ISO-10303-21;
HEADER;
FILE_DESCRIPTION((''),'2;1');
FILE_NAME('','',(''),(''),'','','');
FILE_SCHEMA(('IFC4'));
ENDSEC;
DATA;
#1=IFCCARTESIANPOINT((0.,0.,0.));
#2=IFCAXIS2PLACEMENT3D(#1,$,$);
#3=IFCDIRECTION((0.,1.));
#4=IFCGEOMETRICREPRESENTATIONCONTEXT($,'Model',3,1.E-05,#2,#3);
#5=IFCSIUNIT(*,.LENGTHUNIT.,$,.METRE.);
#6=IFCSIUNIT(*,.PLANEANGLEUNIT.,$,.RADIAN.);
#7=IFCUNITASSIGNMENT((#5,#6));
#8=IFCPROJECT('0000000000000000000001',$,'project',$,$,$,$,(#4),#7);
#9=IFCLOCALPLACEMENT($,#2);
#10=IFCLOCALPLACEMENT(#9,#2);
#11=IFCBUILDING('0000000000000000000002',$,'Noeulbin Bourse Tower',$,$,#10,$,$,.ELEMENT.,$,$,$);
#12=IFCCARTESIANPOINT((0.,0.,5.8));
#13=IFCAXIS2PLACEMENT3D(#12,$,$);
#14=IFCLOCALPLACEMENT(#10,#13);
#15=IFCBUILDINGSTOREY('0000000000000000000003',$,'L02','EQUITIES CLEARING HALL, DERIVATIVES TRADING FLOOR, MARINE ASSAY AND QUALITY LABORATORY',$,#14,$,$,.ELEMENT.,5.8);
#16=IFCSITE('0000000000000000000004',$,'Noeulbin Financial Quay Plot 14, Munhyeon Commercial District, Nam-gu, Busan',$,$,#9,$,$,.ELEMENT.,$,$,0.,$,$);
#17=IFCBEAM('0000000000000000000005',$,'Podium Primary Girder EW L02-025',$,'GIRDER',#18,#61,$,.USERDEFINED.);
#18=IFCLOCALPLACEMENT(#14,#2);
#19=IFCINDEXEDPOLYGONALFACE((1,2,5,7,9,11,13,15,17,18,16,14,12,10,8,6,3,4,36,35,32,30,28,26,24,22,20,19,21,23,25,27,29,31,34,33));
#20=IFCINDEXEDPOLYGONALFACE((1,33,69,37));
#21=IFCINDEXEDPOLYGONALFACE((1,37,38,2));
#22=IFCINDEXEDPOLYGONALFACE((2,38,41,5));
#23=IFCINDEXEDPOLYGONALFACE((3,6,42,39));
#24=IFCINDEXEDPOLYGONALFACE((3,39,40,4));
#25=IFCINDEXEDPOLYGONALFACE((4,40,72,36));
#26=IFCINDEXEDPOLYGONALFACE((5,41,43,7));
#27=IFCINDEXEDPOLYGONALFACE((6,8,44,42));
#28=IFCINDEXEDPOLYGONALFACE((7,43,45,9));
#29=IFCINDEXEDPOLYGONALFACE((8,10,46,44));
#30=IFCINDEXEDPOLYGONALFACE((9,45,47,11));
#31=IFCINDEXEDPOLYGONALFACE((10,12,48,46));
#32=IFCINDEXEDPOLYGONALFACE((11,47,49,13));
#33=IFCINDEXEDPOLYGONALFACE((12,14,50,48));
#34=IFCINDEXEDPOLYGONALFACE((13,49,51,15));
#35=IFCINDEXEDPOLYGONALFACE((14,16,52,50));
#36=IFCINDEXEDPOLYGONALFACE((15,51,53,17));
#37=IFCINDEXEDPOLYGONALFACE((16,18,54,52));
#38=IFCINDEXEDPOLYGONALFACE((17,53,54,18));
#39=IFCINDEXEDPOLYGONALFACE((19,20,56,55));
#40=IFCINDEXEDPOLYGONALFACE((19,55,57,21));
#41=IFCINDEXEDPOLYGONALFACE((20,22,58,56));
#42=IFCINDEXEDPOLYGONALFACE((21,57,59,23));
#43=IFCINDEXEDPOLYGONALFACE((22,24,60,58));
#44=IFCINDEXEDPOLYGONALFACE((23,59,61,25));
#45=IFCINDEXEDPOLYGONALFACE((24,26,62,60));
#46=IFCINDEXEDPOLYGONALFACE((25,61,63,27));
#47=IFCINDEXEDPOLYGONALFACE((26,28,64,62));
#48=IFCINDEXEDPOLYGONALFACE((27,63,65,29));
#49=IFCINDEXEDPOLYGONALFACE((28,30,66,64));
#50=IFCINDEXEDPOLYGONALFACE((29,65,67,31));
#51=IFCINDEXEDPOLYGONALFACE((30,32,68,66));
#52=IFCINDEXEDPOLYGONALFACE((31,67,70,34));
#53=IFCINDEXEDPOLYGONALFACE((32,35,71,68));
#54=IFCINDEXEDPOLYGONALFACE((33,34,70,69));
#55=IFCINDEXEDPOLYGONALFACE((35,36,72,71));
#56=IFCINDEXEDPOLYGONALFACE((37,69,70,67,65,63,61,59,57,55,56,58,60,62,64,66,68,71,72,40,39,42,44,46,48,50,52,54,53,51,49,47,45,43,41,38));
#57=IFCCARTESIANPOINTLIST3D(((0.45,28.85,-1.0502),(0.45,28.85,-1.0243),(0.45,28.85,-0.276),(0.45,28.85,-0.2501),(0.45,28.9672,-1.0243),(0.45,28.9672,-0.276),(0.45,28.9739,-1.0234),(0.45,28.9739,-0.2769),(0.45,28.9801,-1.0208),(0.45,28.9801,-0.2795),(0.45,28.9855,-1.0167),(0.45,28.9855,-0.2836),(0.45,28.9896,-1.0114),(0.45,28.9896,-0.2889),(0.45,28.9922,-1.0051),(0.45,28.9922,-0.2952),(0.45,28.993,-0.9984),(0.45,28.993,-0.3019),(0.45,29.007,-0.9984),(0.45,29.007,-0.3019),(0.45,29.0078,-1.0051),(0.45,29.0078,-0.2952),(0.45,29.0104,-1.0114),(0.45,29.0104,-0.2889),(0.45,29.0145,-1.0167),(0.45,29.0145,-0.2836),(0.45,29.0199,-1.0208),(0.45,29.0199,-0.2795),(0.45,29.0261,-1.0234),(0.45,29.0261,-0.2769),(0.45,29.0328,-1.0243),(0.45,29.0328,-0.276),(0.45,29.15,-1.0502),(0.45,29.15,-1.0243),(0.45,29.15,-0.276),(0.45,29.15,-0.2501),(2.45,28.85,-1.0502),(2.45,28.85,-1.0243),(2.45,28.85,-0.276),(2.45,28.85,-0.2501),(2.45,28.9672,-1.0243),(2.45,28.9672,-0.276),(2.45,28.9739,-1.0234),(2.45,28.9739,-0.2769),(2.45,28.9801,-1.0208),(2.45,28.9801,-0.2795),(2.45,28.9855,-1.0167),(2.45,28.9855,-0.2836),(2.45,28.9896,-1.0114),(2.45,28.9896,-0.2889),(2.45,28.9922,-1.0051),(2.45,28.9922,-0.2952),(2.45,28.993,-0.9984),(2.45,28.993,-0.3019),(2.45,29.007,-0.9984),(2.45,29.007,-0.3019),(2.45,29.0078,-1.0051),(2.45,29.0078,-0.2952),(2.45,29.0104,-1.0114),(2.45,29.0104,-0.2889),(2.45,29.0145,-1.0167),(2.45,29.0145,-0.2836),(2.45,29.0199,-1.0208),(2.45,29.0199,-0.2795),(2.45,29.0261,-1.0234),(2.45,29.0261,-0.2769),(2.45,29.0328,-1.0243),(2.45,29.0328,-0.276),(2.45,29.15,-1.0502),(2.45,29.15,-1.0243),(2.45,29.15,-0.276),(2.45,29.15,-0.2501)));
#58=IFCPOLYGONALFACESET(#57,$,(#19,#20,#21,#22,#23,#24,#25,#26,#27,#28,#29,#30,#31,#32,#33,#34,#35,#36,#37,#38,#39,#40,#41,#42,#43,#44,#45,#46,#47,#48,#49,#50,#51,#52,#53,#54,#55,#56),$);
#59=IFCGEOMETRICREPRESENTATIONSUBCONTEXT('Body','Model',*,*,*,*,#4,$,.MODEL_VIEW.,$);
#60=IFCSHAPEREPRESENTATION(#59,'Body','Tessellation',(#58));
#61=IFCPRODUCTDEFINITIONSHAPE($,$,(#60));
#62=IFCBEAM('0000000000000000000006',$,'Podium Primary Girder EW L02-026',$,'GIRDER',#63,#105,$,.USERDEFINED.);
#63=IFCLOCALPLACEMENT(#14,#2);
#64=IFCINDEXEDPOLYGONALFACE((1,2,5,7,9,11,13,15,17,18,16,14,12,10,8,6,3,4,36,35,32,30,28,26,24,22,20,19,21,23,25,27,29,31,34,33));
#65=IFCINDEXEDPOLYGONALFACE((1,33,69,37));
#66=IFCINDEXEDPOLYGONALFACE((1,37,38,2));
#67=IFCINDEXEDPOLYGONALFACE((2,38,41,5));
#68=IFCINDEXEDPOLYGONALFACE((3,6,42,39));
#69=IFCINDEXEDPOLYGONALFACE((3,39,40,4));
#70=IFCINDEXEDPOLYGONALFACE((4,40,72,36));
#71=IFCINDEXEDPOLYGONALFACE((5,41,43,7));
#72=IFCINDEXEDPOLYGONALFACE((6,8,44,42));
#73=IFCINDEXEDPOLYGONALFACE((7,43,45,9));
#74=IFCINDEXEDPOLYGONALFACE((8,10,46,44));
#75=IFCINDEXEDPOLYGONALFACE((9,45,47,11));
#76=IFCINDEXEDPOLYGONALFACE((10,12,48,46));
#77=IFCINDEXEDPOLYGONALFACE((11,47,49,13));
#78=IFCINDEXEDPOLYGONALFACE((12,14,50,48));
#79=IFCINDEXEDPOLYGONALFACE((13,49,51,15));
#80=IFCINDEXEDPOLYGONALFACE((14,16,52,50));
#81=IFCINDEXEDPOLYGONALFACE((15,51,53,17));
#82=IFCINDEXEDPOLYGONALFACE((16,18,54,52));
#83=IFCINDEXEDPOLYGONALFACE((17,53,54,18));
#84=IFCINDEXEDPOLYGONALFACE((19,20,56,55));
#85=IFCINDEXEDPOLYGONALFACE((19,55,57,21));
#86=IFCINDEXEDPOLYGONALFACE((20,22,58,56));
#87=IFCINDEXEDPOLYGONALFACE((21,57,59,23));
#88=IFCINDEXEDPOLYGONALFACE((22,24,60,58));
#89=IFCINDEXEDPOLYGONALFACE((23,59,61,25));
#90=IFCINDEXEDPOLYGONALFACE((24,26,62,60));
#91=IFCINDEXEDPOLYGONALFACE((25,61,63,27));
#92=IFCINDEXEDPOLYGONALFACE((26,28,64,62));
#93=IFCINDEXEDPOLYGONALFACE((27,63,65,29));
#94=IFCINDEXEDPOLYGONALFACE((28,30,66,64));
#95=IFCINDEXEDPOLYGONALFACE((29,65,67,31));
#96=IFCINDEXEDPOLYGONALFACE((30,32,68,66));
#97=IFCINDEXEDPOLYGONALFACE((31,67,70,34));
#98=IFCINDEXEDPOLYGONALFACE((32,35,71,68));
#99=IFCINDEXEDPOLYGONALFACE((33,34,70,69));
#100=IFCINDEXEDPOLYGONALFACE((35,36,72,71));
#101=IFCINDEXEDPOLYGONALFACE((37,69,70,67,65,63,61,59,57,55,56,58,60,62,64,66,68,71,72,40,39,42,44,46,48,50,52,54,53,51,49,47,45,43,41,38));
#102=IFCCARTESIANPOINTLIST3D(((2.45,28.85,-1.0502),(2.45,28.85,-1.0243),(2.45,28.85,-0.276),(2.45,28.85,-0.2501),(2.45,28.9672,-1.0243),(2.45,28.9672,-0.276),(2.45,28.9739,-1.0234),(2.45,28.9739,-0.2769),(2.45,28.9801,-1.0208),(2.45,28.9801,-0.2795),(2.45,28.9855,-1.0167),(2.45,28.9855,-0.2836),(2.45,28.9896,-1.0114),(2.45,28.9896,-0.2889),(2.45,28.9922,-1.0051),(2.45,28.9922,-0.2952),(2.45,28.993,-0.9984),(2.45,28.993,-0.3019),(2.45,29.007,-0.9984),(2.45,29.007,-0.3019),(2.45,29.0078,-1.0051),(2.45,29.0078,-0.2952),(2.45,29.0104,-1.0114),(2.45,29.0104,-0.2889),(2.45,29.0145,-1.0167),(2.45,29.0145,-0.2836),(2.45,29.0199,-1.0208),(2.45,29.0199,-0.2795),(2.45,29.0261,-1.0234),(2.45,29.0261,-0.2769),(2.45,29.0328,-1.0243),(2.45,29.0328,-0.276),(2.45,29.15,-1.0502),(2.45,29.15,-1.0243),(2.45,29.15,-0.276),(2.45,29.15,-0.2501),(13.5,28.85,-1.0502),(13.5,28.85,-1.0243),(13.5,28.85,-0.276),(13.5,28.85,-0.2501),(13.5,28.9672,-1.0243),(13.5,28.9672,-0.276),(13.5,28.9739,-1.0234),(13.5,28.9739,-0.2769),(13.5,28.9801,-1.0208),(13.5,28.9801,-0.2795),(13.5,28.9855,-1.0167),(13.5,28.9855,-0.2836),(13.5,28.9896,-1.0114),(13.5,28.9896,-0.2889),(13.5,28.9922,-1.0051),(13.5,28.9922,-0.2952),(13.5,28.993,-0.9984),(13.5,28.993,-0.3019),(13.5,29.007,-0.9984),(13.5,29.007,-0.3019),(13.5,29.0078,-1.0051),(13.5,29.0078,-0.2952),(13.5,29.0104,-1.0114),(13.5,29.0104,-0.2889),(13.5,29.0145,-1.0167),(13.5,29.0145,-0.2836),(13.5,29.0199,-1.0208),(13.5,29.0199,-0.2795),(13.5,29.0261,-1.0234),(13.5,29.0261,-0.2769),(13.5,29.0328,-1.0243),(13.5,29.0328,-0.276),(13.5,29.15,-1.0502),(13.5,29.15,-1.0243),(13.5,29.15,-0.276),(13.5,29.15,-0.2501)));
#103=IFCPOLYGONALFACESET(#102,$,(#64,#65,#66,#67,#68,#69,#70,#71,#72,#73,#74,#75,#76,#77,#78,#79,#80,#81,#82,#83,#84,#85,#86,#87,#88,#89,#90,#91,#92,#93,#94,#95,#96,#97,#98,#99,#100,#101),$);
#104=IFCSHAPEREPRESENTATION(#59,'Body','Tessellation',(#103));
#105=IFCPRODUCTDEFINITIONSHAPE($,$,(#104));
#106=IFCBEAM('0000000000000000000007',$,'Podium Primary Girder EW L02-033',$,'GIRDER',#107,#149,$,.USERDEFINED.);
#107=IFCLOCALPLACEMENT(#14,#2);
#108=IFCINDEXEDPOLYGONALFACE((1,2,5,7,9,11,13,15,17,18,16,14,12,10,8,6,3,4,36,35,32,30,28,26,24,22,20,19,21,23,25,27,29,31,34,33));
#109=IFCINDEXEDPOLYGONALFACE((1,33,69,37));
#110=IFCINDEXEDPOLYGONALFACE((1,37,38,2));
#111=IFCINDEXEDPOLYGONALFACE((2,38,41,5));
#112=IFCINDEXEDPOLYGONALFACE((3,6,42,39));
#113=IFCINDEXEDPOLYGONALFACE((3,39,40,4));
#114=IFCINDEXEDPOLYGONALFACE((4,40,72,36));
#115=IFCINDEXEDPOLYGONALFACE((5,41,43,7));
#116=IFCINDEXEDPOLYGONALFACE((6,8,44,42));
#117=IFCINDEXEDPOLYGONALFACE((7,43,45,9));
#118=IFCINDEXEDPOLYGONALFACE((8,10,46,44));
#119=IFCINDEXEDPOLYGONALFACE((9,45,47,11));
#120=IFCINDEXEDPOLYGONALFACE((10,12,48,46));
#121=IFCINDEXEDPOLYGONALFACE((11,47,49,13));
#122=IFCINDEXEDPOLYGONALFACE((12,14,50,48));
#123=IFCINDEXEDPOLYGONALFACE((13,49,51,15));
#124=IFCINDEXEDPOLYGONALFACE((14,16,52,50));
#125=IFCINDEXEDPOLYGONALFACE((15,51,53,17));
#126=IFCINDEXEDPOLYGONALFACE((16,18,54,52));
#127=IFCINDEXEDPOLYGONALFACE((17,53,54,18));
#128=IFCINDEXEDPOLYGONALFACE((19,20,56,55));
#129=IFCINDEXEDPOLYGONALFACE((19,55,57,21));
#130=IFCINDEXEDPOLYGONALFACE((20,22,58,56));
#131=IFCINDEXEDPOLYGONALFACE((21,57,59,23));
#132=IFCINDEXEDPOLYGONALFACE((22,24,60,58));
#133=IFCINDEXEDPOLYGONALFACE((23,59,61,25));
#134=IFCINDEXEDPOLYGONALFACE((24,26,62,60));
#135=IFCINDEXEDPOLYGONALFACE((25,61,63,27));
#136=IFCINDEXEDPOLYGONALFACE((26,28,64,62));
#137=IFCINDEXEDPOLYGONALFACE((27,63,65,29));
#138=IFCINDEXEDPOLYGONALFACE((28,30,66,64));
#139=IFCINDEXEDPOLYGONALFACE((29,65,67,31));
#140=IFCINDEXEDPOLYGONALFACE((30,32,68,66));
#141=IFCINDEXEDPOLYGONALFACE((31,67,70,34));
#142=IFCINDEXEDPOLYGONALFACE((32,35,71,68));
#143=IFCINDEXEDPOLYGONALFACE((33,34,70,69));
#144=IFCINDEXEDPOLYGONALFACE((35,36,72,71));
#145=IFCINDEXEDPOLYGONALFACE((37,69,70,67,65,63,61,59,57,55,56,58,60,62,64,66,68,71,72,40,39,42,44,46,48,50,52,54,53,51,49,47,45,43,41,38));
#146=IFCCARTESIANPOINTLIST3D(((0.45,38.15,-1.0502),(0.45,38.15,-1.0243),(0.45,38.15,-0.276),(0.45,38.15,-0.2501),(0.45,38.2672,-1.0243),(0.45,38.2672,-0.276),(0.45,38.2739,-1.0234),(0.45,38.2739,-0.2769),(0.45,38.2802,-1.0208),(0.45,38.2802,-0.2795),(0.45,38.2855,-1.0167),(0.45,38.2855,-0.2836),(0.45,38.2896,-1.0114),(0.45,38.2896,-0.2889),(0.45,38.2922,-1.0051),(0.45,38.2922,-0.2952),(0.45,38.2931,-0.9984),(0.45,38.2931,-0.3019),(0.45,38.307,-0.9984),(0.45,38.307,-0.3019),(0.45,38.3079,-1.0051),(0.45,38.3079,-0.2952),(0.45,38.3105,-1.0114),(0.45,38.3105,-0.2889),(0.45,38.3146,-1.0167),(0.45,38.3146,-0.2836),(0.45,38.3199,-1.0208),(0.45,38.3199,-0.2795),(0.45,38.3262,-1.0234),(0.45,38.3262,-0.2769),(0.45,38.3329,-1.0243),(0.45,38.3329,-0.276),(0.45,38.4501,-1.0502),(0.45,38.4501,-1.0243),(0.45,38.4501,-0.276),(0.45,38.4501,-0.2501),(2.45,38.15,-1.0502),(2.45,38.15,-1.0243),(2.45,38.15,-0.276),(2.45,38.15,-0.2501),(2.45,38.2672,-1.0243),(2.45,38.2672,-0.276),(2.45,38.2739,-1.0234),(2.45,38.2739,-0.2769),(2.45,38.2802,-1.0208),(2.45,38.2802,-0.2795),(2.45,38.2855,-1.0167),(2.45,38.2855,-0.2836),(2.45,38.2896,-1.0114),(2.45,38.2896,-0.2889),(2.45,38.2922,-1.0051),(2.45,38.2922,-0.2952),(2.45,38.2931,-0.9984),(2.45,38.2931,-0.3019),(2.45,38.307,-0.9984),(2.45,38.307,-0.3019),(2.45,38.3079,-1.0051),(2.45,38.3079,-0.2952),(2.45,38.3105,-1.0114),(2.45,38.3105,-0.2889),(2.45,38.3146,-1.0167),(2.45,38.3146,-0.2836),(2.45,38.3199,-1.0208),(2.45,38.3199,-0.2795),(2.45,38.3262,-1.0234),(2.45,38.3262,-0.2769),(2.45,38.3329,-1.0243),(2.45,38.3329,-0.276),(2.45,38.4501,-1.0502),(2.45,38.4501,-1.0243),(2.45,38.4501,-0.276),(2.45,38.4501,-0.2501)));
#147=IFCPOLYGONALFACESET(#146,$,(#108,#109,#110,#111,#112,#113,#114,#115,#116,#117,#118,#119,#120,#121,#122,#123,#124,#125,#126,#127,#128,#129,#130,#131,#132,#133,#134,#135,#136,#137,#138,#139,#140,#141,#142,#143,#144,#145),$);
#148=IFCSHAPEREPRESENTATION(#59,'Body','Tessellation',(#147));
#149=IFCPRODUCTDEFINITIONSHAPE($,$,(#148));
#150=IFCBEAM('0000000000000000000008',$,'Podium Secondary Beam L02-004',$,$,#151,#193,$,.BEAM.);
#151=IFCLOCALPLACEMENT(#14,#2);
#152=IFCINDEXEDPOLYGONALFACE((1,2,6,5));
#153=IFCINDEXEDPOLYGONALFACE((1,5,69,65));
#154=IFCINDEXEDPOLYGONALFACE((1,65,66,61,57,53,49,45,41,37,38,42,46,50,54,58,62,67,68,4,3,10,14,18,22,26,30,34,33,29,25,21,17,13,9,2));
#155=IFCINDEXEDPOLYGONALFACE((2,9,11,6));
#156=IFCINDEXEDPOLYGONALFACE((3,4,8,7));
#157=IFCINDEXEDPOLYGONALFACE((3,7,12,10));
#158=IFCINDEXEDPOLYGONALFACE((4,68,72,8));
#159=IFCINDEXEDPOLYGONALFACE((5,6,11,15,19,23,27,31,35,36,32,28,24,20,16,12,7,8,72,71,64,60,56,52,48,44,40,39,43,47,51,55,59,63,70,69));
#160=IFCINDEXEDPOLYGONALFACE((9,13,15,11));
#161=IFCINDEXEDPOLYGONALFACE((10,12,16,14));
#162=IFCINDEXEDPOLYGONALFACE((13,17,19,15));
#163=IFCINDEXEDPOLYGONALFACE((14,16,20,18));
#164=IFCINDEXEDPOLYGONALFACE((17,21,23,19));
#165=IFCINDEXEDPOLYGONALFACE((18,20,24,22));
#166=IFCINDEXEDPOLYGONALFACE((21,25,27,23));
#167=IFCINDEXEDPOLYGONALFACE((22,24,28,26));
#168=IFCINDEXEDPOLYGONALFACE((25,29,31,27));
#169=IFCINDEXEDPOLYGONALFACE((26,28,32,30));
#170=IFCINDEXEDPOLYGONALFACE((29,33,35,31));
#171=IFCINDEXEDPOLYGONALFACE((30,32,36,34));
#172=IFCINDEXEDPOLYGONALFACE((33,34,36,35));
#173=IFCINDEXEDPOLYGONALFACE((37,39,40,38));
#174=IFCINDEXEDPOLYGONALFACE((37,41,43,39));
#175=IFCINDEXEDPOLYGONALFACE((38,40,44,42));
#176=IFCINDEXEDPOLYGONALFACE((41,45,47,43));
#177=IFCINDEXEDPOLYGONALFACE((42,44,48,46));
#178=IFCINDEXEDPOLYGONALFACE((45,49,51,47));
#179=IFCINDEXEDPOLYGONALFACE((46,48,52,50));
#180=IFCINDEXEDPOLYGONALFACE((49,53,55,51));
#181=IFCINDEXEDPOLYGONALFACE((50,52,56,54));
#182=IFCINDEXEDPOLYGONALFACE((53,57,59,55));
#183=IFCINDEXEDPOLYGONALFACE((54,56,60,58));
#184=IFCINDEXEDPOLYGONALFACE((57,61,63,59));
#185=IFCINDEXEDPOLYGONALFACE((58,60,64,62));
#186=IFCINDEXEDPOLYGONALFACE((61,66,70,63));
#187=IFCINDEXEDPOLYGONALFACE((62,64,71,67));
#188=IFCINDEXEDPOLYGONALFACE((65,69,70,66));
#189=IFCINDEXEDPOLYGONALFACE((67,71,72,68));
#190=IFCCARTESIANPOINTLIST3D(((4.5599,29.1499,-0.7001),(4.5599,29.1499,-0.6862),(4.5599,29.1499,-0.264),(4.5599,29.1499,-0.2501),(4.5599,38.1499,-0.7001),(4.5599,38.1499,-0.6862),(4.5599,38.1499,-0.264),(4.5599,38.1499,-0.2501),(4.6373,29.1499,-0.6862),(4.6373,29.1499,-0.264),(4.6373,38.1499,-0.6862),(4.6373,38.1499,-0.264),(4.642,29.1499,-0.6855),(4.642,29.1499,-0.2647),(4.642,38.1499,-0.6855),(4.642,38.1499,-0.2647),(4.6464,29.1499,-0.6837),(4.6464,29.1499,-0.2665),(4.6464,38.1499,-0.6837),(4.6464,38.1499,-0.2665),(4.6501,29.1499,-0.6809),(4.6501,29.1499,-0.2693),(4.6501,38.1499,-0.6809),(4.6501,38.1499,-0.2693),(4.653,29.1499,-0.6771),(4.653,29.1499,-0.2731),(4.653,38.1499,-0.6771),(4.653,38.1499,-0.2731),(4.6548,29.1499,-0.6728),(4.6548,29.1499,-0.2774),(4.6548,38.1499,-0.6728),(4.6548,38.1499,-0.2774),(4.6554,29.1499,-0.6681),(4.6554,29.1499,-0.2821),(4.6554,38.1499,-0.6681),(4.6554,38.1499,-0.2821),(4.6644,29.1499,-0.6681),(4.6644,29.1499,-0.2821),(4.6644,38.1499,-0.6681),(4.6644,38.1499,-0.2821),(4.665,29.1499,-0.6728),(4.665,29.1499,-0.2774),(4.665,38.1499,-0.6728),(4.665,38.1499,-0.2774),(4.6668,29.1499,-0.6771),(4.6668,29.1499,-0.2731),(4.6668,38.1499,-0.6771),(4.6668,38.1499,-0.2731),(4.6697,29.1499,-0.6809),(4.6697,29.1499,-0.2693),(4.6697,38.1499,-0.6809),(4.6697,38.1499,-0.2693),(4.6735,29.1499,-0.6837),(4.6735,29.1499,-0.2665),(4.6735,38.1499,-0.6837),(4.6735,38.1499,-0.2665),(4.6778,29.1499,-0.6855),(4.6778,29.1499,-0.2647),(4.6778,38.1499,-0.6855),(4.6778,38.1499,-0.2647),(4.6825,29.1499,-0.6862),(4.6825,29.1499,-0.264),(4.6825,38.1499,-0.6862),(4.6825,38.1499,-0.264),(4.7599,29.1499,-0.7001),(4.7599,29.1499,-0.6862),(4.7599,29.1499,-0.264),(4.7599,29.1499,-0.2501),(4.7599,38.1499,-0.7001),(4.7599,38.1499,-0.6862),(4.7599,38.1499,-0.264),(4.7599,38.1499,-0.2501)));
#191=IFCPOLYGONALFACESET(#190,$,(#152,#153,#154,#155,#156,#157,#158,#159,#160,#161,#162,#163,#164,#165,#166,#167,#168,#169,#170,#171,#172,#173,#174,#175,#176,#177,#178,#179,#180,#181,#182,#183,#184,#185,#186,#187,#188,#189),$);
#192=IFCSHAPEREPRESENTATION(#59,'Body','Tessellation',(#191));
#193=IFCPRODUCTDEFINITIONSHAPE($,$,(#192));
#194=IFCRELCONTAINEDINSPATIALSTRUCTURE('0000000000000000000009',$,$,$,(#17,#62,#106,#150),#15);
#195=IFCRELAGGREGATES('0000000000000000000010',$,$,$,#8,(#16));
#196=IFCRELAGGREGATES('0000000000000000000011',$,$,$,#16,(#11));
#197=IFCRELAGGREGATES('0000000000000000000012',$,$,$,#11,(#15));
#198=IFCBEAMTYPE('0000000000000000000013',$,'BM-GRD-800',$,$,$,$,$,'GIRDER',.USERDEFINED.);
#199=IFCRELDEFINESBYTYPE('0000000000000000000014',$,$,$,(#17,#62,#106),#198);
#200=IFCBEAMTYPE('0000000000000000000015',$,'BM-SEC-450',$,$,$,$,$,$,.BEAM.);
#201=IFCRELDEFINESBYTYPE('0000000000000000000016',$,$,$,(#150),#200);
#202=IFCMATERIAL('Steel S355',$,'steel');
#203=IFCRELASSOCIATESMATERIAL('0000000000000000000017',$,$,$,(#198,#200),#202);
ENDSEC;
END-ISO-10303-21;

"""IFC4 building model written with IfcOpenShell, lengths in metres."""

from ifc_helpers import new_model, si_unit, direction, frame, origin, origin_2d, place, context, subcontext, project, spatial, i_section, extrude, material, material_profile, profile_set, type_object, element, save


model = new_model("IFC4")

# Units and contexts
model_context = context("Model", 3, precision=1e-05, world=origin(), true_north=direction((0.0, 1.0)))
body_context = subcontext(model_context, "Body", "Model", "MODEL_VIEW")
ifc_project = project(units=[si_unit("LENGTHUNIT", "METRE"), si_unit("PLANEANGLEUNIT", "RADIAN")], contexts=[model_context])

# Site, building, storey
site_placement = place(None, origin())
site = spatial("IfcSite", under=ifc_project, at=site_placement, Name="Noeulbin Financial Quay Plot 14, Munhyeon Commercial District, Nam-gu, Busan", CompositionType="ELEMENT", RefElevation=0.0)
building_placement = place(site_placement, origin())
building = spatial("IfcBuilding", under=site, at=building_placement, Name="Noeulbin Bourse Tower", CompositionType="ELEMENT")
storey_placement = place(building_placement, frame((0.0, 0.0, 5.8)))
storey = spatial("IfcBuildingStorey", under=building, at=storey_placement, Name="L02", Description="EQUITIES CLEARING HALL, DERIVATIVES TRADING FLOOR, MARINE ASSAY AND QUALITY LABORATORY", CompositionType="ELEMENT", Elevation=5.8)

# Beams
ifc_material_1 = material(Name="Steel S355", Category="steel")
ifc_material_profile_1 = material_profile(ifc_material_1, i_section(OverallWidth=0.3, OverallDepth=0.8, WebThickness=0.0139, FlangeThickness=0.0259, FilletRadius=0.0259, at=origin_2d()), Name="H-800x300x14x26", Category="LoadBearing")
ifc_profile_set_1 = profile_set([ifc_material_profile_1], Name="Steel S355")
beam_type_1 = type_object("IfcBeamType", Name="BM-GRD-800", ElementType="GIRDER", PredefinedType="USERDEFINED", material=ifc_profile_set_1)
beam_1_placement = place(storey_placement, frame((0.45, 29.0, -0.6501), z_axis=(1.0, 0.0, 0.0), x_axis=(0.0, 1.0, 0.0)))
element("IfcBeam", 1, at=beam_1_placement, inside=storey, type_object=beam_type_1, Name="Podium Primary Girder EW L02-025", ObjectType="GIRDER", PredefinedType="USERDEFINED", context=body_context, shape_type="SweptSolid", body=[
    extrude(i_section(OverallWidth=0.3, OverallDepth=0.8, WebThickness=0.0139, FlangeThickness=0.0259, FilletRadius=0.0259, at=origin_2d()), origin(), (0.0, 0.0, 1.0), 2.0),
])
beam_2_placement = place(storey_placement, frame((2.45, 29.0, -0.6501), z_axis=(1.0, 0.0, 0.0), x_axis=(0.0, 1.0, 0.0)))
element("IfcBeam", 2, at=beam_2_placement, inside=storey, type_object=beam_type_1, Name="Podium Primary Girder EW L02-026", ObjectType="GIRDER", PredefinedType="USERDEFINED", context=body_context, shape_type="SweptSolid", body=[
    extrude(i_section(OverallWidth=0.3, OverallDepth=0.8, WebThickness=0.0139, FlangeThickness=0.0259, FilletRadius=0.0259, at=origin_2d()), origin(), (0.0, 0.0, 1.0), 11.05),
])
beam_3_placement = place(storey_placement, frame((0.45, 38.3, -0.6501), z_axis=(1.0, 0.0, 0.0), x_axis=(0.0, 1.0, 0.0)))
element("IfcBeam", 3, at=beam_3_placement, inside=storey, type_object=beam_type_1, Name="Podium Primary Girder EW L02-033", ObjectType="GIRDER", PredefinedType="USERDEFINED", context=body_context, shape_type="SweptSolid", body=[
    extrude(i_section(OverallWidth=0.3, OverallDepth=0.8, WebThickness=0.0139, FlangeThickness=0.0259, FilletRadius=0.0259, at=origin_2d()), origin(), (0.0, 0.0, 1.0), 2.0),
])
ifc_material_profile_2 = material_profile(ifc_material_1, i_section(OverallWidth=0.2, OverallDepth=0.45, WebThickness=0.009, FlangeThickness=0.0139, FilletRadius=0.0181, at=origin_2d()), Name="H-450x200x9x14", Category="LoadBearing")
ifc_profile_set_2 = profile_set([ifc_material_profile_2], Name="Steel S355")
beam_type_2 = type_object("IfcBeamType", Name="BM-SEC-450", PredefinedType="BEAM", material=ifc_profile_set_2)
for number, where, z_axis, x_axis, name in (
    (4, (4.6599, 29.1499, -0.4751), (0.0, 1.0, 0.0), (-1.0, 0.0, 0.0), "Podium Secondary Beam L02-004"),
):
    element("IfcBeam", number, at=place(storey_placement, frame(where, z_axis=z_axis, x_axis=x_axis)), inside=storey, type_object=beam_type_2, Name=name, PredefinedType="BEAM", context=body_context, shape_type="SweptSolid", body=[
        extrude(i_section(OverallWidth=0.2, OverallDepth=0.45, WebThickness=0.009, FlangeThickness=0.0139, FilletRadius=0.0181, at=origin_2d()), origin(), (0.0, 0.0, 1.0), 9.0),
    ])

save(model, "model.ifc")
